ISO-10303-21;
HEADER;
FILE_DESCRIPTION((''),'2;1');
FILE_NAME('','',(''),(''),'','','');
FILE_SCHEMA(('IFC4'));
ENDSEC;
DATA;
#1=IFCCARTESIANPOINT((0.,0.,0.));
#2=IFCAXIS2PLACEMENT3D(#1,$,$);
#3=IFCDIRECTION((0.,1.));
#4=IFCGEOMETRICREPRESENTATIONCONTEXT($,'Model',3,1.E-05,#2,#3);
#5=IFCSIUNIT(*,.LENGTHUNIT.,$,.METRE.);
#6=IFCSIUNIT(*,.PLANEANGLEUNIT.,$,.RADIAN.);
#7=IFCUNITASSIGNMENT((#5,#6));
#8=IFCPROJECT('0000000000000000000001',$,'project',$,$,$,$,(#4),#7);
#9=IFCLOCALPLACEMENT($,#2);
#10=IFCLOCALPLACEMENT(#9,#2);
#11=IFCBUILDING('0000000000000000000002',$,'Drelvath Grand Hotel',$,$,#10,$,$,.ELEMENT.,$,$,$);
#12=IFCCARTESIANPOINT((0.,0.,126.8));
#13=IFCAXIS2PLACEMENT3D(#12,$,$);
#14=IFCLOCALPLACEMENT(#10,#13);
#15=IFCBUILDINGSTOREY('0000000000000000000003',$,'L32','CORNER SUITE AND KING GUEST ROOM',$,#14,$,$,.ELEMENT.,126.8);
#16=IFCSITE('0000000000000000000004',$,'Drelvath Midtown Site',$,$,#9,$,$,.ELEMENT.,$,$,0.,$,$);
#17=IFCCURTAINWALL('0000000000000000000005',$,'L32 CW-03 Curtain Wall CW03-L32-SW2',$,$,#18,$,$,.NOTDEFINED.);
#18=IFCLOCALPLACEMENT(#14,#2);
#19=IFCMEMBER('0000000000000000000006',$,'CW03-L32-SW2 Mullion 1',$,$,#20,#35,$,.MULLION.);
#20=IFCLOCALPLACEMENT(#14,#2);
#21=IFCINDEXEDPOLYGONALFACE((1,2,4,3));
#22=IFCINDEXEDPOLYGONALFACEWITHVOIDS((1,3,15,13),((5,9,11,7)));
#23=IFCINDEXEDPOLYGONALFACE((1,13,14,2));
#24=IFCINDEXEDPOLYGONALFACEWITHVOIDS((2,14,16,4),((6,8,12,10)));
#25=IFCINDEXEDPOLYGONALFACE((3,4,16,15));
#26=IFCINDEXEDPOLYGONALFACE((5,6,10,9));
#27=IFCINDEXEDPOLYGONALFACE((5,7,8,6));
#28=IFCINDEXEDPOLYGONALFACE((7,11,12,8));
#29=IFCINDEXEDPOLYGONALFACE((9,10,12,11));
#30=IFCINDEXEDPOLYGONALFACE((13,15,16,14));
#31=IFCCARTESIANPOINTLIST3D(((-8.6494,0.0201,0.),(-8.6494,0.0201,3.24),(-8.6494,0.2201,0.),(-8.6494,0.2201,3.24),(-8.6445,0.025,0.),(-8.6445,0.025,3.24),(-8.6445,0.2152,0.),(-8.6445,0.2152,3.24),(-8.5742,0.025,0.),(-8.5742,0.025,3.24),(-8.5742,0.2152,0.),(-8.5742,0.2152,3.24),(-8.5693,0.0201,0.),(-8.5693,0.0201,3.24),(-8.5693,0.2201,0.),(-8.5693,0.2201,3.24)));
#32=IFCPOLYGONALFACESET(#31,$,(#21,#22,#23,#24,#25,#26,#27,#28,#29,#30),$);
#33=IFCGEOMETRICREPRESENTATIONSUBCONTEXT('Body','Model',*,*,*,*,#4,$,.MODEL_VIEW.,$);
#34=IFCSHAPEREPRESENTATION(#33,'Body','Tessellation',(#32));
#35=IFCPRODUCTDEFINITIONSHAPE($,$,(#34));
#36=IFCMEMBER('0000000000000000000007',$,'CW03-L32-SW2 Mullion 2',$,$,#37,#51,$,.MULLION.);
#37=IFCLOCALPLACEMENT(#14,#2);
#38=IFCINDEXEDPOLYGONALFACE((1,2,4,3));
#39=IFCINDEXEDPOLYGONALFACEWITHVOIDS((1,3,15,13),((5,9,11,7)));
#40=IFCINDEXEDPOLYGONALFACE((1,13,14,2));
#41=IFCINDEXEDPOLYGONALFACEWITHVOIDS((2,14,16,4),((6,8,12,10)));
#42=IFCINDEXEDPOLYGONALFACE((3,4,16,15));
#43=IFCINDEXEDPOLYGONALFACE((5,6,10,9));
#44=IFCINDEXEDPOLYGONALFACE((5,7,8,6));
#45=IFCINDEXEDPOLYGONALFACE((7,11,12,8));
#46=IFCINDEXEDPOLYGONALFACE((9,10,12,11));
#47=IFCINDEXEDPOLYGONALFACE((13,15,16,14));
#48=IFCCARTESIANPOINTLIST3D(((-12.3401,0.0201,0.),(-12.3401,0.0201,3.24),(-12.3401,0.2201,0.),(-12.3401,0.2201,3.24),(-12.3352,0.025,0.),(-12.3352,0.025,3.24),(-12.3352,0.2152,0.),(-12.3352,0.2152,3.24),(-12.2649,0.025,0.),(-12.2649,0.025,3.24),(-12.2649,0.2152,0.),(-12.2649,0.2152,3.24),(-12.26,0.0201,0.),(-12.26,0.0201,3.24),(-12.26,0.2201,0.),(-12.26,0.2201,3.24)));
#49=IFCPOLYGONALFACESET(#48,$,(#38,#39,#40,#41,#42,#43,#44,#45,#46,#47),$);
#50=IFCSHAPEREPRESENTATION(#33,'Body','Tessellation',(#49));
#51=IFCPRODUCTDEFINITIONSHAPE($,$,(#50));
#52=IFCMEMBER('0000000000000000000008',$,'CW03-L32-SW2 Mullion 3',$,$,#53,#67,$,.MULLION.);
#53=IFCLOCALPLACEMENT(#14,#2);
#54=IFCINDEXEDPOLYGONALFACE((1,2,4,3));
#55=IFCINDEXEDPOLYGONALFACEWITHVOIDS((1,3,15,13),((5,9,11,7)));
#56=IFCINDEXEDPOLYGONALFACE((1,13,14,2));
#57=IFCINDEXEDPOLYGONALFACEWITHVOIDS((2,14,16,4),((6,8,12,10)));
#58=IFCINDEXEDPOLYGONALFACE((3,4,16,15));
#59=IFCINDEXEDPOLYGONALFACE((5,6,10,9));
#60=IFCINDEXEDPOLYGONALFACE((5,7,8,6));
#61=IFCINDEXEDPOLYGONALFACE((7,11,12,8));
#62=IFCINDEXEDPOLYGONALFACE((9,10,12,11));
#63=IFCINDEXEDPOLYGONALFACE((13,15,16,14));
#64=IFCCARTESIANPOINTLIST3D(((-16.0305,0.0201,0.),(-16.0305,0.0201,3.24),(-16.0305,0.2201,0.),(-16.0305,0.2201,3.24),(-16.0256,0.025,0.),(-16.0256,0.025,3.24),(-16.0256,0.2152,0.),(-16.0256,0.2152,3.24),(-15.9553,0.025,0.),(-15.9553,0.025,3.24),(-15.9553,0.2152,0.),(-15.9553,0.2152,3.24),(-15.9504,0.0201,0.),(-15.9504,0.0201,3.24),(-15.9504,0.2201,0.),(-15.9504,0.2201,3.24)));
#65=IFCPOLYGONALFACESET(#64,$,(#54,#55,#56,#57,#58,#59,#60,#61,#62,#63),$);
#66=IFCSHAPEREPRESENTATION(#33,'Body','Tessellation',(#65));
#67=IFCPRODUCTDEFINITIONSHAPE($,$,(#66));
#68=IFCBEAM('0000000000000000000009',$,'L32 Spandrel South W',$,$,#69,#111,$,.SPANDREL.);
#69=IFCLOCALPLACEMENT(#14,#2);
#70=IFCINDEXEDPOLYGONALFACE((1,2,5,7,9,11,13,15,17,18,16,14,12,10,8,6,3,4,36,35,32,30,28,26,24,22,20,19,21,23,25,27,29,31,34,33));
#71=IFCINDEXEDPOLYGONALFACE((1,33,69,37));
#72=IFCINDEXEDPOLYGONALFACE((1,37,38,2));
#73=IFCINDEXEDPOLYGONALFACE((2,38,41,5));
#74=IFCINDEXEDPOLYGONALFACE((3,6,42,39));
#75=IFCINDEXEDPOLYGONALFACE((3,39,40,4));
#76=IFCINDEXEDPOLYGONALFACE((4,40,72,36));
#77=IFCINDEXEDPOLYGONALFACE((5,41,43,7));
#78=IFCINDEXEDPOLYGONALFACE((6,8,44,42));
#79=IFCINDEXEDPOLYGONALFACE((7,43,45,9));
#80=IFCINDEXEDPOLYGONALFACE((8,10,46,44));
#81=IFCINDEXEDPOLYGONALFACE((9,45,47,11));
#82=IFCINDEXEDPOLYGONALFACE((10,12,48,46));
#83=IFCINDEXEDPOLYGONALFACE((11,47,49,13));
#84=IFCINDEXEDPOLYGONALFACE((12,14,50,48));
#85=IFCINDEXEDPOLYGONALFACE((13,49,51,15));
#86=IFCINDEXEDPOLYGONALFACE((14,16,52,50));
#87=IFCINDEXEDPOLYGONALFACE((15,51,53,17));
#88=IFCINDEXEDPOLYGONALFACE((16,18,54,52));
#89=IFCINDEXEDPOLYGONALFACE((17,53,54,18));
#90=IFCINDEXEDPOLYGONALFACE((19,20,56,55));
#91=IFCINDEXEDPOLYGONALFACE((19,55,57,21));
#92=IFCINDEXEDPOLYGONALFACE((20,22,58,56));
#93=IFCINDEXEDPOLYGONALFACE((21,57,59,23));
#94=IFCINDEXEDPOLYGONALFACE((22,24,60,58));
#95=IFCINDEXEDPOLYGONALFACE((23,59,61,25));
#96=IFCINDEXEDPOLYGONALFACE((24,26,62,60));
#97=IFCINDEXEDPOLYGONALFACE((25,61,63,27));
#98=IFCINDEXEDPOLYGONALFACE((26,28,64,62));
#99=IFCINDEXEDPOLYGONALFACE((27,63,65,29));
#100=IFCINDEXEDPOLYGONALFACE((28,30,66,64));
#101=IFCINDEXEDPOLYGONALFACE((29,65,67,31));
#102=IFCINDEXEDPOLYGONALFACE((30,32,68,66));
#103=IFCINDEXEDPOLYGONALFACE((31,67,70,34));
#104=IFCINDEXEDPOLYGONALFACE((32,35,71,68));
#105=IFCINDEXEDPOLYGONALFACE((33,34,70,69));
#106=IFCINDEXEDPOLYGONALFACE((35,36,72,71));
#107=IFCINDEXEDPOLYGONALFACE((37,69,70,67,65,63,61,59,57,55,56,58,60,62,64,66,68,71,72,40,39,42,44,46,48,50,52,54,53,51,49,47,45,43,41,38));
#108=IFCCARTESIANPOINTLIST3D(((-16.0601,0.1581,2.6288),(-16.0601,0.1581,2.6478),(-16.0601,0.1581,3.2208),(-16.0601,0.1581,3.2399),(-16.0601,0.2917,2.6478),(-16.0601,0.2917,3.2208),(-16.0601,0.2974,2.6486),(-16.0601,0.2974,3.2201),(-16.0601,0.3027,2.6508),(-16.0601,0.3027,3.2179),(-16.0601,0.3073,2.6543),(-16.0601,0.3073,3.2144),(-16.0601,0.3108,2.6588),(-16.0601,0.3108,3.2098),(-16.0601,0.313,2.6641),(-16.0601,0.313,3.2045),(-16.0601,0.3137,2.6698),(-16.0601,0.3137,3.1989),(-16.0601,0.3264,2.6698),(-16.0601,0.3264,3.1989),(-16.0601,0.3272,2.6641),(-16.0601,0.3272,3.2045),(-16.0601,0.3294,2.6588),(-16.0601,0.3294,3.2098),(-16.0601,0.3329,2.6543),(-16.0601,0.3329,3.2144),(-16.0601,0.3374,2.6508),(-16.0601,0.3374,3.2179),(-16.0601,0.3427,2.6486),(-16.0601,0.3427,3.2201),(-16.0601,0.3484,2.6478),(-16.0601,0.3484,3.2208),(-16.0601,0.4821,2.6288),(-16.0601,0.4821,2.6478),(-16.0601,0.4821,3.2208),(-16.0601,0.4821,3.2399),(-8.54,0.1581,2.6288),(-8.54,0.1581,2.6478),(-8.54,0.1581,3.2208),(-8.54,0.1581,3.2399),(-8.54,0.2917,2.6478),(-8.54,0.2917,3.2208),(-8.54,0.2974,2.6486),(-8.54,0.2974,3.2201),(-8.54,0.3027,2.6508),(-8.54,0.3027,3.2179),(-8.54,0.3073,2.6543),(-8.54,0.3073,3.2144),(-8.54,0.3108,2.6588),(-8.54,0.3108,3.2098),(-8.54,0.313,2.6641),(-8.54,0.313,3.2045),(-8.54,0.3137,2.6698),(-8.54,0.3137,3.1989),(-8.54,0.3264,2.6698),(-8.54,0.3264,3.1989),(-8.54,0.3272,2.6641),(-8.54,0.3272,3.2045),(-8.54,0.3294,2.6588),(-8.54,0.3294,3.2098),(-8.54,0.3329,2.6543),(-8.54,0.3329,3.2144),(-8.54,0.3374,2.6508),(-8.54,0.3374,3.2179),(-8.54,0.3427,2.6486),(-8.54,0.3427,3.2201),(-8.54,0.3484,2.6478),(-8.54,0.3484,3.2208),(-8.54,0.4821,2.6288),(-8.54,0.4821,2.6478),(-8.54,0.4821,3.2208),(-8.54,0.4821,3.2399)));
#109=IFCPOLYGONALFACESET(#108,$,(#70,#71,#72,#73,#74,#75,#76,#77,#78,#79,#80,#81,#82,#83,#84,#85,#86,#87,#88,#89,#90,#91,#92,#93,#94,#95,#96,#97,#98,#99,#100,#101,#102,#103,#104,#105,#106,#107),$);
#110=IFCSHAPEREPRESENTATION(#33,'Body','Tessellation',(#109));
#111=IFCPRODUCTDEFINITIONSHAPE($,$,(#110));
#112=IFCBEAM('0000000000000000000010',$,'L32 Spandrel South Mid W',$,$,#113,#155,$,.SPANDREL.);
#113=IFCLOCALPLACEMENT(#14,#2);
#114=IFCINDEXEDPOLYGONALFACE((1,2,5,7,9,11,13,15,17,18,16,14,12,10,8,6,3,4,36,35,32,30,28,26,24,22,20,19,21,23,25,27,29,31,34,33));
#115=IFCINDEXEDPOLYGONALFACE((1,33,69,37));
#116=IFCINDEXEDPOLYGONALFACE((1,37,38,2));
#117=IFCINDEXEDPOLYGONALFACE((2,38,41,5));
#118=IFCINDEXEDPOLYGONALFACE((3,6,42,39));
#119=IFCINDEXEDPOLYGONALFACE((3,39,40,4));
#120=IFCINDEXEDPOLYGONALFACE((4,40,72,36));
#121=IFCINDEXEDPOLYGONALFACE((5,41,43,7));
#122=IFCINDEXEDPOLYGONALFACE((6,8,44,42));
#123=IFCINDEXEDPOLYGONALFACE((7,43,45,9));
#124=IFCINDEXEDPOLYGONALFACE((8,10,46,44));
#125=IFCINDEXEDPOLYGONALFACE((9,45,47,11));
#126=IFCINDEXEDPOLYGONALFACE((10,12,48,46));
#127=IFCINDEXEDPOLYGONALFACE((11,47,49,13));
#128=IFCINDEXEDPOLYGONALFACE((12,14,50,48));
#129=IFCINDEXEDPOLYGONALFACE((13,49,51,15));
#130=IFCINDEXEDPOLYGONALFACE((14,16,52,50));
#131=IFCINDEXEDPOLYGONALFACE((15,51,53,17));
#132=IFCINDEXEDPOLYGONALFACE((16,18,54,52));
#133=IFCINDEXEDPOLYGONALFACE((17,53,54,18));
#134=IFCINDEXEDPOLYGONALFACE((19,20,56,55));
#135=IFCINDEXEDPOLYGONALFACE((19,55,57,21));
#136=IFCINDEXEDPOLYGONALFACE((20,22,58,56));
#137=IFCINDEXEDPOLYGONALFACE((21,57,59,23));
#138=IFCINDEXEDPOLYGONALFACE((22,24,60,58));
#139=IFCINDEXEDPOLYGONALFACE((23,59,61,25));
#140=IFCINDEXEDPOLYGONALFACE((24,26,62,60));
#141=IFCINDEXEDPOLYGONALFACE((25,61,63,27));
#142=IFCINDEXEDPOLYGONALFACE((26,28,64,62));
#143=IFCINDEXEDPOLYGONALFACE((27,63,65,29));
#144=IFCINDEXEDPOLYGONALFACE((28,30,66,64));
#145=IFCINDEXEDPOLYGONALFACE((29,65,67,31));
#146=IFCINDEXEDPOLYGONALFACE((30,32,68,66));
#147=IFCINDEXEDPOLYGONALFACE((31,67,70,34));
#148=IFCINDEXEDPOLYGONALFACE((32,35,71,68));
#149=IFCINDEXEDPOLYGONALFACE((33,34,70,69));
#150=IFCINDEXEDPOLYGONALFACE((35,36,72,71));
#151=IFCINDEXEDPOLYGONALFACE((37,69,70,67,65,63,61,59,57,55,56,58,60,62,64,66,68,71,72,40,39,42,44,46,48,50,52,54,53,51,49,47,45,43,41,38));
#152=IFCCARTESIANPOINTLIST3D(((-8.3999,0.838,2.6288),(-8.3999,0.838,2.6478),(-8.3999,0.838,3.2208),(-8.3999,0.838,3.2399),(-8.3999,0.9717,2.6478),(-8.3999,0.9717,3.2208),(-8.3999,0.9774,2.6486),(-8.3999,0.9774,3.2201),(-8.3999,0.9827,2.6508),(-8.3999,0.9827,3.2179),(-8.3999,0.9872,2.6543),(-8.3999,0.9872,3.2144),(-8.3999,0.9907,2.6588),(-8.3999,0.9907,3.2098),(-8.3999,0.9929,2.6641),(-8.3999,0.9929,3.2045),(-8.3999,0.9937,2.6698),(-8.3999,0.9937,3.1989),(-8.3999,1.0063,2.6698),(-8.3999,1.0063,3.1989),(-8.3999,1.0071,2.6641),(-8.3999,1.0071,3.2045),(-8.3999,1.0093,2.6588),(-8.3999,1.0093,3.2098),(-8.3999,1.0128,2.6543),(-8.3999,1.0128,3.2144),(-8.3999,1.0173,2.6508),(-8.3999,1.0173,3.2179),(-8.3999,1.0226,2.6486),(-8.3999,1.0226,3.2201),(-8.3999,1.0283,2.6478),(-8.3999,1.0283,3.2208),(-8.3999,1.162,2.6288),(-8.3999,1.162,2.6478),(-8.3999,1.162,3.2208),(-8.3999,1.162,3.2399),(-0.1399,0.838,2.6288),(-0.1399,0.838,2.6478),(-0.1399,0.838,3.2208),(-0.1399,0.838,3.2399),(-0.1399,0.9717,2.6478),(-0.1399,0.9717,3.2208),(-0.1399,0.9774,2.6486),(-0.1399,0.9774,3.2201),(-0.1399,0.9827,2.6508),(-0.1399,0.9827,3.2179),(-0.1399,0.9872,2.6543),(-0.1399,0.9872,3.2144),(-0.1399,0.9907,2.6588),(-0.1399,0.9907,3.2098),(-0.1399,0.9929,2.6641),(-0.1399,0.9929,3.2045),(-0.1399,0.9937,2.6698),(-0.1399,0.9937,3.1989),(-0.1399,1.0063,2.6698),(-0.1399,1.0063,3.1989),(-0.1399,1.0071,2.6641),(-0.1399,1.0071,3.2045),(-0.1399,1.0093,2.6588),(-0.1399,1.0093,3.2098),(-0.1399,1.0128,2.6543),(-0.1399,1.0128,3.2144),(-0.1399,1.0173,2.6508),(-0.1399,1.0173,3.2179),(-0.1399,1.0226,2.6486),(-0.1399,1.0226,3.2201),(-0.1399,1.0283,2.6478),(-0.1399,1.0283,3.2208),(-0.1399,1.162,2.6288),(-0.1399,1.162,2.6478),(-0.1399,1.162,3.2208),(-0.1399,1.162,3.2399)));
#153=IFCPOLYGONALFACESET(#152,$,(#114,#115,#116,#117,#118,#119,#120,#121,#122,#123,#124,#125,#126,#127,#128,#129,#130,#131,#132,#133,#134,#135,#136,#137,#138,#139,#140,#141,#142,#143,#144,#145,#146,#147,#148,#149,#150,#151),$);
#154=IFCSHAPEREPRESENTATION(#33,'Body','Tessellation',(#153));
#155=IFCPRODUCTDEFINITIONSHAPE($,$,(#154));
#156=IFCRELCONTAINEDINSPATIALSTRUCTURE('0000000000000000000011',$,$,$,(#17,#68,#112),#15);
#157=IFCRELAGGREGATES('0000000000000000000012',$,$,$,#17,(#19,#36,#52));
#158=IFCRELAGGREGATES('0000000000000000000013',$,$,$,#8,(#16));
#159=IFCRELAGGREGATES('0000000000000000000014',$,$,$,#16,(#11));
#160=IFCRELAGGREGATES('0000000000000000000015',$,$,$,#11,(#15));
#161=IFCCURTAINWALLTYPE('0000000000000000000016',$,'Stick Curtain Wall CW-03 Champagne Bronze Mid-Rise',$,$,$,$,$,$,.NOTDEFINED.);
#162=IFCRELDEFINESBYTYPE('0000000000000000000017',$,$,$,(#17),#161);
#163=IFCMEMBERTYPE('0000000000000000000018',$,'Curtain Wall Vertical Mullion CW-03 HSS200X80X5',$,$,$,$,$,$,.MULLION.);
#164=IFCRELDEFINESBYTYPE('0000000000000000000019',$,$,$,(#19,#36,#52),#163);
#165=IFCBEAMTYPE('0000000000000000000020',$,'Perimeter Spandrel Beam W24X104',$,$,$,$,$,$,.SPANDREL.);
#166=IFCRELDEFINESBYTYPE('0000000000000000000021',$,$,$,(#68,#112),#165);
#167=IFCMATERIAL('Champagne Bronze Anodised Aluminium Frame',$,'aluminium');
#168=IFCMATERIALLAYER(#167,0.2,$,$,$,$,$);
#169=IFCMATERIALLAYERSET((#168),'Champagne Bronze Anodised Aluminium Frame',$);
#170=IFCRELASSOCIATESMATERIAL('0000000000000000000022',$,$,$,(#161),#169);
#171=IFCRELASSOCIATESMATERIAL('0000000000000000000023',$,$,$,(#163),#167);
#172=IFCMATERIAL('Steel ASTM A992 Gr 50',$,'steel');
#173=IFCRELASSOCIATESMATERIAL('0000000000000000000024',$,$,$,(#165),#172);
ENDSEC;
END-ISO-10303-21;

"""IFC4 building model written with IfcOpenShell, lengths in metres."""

from ifc_helpers import new_model, si_unit, direction, frame, origin, origin_2d, place, context, subcontext, project, spatial, hollow_rectangle, i_section, extrude, material, layer, layer_set, material_profile, profile_set, type_object, element, aggregate, save


model = new_model("IFC4")

# Units and contexts
model_context = context("Model", 3, precision=1e-05, world=origin(), true_north=direction((0.0, 1.0)))
body_context = subcontext(model_context, "Body", "Model", "MODEL_VIEW")
ifc_project = project(units=[si_unit("LENGTHUNIT", "METRE"), si_unit("PLANEANGLEUNIT", "RADIAN")], contexts=[model_context])

# Site, building, storey
site_placement = place(None, origin())
site = spatial("IfcSite", under=ifc_project, at=site_placement, Name="Drelvath Midtown Site", CompositionType="ELEMENT", RefElevation=0.0)
building_placement = place(site_placement, origin())
building = spatial("IfcBuilding", under=site, at=building_placement, Name="Drelvath Grand Hotel", CompositionType="ELEMENT")
storey_placement = place(building_placement, frame((0.0, 0.0, 126.8)))
storey = spatial("IfcBuildingStorey", under=building, at=storey_placement, Name="L32", Description="CORNER SUITE AND KING GUEST ROOM", CompositionType="ELEMENT", Elevation=126.8)

# Shared definitions
ifc_material_1 = material(Name="Steel ASTM A992 Gr 50", Category="steel")

# Curtain wall
ifc_material_2 = material(Name="Champagne Bronze Anodised Aluminium Frame", Category="aluminium")
ifc_layer_1 = layer(ifc_material_2, 0.2)
ifc_layer_set_1 = layer_set([ifc_layer_1], Name="Champagne Bronze Anodised Aluminium Frame")
curtain_wall_type = type_object("IfcCurtainWallType", Name="Stick Curtain Wall CW-03 Champagne Bronze Mid-Rise", PredefinedType="NOTDEFINED", material=ifc_layer_set_1)
curtain_wall_1_placement = place(storey_placement, origin())
curtain_wall_1 = element("IfcCurtainWall", 1, at=curtain_wall_1_placement, inside=storey, type_object=curtain_wall_type, Name="L32 CW-03 Curtain Wall CW03-L32-SW2", PredefinedType="NOTDEFINED")

# Members
ifc_material_profile_1 = material_profile(ifc_material_2, hollow_rectangle(XDim=0.0801, YDim=0.2, WallThickness=0.0049, at=origin_2d()), Name="HSS200X80X5")
ifc_profile_set_1 = profile_set([ifc_material_profile_1], Name="Champagne Bronze Anodised Aluminium Frame")
member_type_1 = type_object("IfcMemberType", Name="Curtain Wall Vertical Mullion CW-03 HSS200X80X5", PredefinedType="MULLION", material=ifc_profile_set_1)
member_1_placement = place(storey_placement, frame((-8.6094, 0.1201, 0.0), z_axis=(0.0, 0.0, 1.0), x_axis=(1.0, 0.0, 0.0)))
member_1 = element("IfcMember", 2, at=member_1_placement, type_object=member_type_1, Name="CW03-L32-SW2 Mullion 1", PredefinedType="MULLION", context=body_context, shape_type="SweptSolid", body=[
    extrude(hollow_rectangle(XDim=0.0801, YDim=0.2, WallThickness=0.0049, at=origin_2d()), origin(), (0.0, 0.0, 1.0), 3.24),
])
member_2_placement = place(storey_placement, frame((-12.3, 0.1201, 0.0), z_axis=(0.0, 0.0, 1.0), x_axis=(1.0, 0.0, 0.0)))
member_2 = element("IfcMember", 3, at=member_2_placement, type_object=member_type_1, Name="CW03-L32-SW2 Mullion 2", PredefinedType="MULLION", context=body_context, shape_type="SweptSolid", body=[
    extrude(hollow_rectangle(XDim=0.0801, YDim=0.2, WallThickness=0.0049, at=origin_2d()), origin(), (0.0, 0.0, 1.0), 3.24),
])
member_3_placement = place(storey_placement, frame((-15.9905, 0.1201, 0.0), z_axis=(0.0, 0.0, 1.0), x_axis=(1.0, 0.0, 0.0)))
member_3 = element("IfcMember", 4, at=member_3_placement, type_object=member_type_1, Name="CW03-L32-SW2 Mullion 3", PredefinedType="MULLION", context=body_context, shape_type="SweptSolid", body=[
    extrude(hollow_rectangle(XDim=0.0801, YDim=0.2, WallThickness=0.0049, at=origin_2d()), origin(), (0.0, 0.0, 1.0), 3.24),
])

# Beams
ifc_material_profile_2 = material_profile(ifc_material_1, i_section(OverallWidth=0.324, OverallDepth=0.6111, WebThickness=0.0127, FlangeThickness=0.019, FilletRadius=0.022, at=origin_2d()), Name="W24X104")
ifc_profile_set_2 = profile_set([ifc_material_profile_2], Name="Steel ASTM A992 Gr 50")
beam_type_1 = type_object("IfcBeamType", Name="Perimeter Spandrel Beam W24X104", PredefinedType="SPANDREL", material=ifc_profile_set_2)
beam_1_placement = place(storey_placement, frame((-16.0601, 0.3201, 2.9343), z_axis=(1.0, 0.0, 0.0), x_axis=(0.0, 1.0, 0.0)))
element("IfcBeam", 5, at=beam_1_placement, inside=storey, type_object=beam_type_1, Name="L32 Spandrel South W", PredefinedType="SPANDREL", context=body_context, shape_type="SweptSolid", body=[
    extrude(i_section(OverallWidth=0.324, OverallDepth=0.6111, WebThickness=0.0127, FlangeThickness=0.019, FilletRadius=0.022, at=origin_2d()), origin(), (0.0, 0.0, 1.0), 7.52),
])
beam_2_placement = place(storey_placement, frame((-8.3999, 1.0, 2.9343), z_axis=(1.0, 0.0, 0.0), x_axis=(0.0, 1.0, 0.0)))
element("IfcBeam", 6, at=beam_2_placement, inside=storey, type_object=beam_type_1, Name="L32 Spandrel South Mid W", PredefinedType="SPANDREL", context=body_context, shape_type="SweptSolid", body=[
    extrude(i_section(OverallWidth=0.324, OverallDepth=0.6111, WebThickness=0.0127, FlangeThickness=0.019, FilletRadius=0.022, at=origin_2d()), origin(), (0.0, 0.0, 1.0), 8.26),
])

aggregate(curtain_wall_1, [member_1, member_2, member_3])

save(model, "model.ifc")
